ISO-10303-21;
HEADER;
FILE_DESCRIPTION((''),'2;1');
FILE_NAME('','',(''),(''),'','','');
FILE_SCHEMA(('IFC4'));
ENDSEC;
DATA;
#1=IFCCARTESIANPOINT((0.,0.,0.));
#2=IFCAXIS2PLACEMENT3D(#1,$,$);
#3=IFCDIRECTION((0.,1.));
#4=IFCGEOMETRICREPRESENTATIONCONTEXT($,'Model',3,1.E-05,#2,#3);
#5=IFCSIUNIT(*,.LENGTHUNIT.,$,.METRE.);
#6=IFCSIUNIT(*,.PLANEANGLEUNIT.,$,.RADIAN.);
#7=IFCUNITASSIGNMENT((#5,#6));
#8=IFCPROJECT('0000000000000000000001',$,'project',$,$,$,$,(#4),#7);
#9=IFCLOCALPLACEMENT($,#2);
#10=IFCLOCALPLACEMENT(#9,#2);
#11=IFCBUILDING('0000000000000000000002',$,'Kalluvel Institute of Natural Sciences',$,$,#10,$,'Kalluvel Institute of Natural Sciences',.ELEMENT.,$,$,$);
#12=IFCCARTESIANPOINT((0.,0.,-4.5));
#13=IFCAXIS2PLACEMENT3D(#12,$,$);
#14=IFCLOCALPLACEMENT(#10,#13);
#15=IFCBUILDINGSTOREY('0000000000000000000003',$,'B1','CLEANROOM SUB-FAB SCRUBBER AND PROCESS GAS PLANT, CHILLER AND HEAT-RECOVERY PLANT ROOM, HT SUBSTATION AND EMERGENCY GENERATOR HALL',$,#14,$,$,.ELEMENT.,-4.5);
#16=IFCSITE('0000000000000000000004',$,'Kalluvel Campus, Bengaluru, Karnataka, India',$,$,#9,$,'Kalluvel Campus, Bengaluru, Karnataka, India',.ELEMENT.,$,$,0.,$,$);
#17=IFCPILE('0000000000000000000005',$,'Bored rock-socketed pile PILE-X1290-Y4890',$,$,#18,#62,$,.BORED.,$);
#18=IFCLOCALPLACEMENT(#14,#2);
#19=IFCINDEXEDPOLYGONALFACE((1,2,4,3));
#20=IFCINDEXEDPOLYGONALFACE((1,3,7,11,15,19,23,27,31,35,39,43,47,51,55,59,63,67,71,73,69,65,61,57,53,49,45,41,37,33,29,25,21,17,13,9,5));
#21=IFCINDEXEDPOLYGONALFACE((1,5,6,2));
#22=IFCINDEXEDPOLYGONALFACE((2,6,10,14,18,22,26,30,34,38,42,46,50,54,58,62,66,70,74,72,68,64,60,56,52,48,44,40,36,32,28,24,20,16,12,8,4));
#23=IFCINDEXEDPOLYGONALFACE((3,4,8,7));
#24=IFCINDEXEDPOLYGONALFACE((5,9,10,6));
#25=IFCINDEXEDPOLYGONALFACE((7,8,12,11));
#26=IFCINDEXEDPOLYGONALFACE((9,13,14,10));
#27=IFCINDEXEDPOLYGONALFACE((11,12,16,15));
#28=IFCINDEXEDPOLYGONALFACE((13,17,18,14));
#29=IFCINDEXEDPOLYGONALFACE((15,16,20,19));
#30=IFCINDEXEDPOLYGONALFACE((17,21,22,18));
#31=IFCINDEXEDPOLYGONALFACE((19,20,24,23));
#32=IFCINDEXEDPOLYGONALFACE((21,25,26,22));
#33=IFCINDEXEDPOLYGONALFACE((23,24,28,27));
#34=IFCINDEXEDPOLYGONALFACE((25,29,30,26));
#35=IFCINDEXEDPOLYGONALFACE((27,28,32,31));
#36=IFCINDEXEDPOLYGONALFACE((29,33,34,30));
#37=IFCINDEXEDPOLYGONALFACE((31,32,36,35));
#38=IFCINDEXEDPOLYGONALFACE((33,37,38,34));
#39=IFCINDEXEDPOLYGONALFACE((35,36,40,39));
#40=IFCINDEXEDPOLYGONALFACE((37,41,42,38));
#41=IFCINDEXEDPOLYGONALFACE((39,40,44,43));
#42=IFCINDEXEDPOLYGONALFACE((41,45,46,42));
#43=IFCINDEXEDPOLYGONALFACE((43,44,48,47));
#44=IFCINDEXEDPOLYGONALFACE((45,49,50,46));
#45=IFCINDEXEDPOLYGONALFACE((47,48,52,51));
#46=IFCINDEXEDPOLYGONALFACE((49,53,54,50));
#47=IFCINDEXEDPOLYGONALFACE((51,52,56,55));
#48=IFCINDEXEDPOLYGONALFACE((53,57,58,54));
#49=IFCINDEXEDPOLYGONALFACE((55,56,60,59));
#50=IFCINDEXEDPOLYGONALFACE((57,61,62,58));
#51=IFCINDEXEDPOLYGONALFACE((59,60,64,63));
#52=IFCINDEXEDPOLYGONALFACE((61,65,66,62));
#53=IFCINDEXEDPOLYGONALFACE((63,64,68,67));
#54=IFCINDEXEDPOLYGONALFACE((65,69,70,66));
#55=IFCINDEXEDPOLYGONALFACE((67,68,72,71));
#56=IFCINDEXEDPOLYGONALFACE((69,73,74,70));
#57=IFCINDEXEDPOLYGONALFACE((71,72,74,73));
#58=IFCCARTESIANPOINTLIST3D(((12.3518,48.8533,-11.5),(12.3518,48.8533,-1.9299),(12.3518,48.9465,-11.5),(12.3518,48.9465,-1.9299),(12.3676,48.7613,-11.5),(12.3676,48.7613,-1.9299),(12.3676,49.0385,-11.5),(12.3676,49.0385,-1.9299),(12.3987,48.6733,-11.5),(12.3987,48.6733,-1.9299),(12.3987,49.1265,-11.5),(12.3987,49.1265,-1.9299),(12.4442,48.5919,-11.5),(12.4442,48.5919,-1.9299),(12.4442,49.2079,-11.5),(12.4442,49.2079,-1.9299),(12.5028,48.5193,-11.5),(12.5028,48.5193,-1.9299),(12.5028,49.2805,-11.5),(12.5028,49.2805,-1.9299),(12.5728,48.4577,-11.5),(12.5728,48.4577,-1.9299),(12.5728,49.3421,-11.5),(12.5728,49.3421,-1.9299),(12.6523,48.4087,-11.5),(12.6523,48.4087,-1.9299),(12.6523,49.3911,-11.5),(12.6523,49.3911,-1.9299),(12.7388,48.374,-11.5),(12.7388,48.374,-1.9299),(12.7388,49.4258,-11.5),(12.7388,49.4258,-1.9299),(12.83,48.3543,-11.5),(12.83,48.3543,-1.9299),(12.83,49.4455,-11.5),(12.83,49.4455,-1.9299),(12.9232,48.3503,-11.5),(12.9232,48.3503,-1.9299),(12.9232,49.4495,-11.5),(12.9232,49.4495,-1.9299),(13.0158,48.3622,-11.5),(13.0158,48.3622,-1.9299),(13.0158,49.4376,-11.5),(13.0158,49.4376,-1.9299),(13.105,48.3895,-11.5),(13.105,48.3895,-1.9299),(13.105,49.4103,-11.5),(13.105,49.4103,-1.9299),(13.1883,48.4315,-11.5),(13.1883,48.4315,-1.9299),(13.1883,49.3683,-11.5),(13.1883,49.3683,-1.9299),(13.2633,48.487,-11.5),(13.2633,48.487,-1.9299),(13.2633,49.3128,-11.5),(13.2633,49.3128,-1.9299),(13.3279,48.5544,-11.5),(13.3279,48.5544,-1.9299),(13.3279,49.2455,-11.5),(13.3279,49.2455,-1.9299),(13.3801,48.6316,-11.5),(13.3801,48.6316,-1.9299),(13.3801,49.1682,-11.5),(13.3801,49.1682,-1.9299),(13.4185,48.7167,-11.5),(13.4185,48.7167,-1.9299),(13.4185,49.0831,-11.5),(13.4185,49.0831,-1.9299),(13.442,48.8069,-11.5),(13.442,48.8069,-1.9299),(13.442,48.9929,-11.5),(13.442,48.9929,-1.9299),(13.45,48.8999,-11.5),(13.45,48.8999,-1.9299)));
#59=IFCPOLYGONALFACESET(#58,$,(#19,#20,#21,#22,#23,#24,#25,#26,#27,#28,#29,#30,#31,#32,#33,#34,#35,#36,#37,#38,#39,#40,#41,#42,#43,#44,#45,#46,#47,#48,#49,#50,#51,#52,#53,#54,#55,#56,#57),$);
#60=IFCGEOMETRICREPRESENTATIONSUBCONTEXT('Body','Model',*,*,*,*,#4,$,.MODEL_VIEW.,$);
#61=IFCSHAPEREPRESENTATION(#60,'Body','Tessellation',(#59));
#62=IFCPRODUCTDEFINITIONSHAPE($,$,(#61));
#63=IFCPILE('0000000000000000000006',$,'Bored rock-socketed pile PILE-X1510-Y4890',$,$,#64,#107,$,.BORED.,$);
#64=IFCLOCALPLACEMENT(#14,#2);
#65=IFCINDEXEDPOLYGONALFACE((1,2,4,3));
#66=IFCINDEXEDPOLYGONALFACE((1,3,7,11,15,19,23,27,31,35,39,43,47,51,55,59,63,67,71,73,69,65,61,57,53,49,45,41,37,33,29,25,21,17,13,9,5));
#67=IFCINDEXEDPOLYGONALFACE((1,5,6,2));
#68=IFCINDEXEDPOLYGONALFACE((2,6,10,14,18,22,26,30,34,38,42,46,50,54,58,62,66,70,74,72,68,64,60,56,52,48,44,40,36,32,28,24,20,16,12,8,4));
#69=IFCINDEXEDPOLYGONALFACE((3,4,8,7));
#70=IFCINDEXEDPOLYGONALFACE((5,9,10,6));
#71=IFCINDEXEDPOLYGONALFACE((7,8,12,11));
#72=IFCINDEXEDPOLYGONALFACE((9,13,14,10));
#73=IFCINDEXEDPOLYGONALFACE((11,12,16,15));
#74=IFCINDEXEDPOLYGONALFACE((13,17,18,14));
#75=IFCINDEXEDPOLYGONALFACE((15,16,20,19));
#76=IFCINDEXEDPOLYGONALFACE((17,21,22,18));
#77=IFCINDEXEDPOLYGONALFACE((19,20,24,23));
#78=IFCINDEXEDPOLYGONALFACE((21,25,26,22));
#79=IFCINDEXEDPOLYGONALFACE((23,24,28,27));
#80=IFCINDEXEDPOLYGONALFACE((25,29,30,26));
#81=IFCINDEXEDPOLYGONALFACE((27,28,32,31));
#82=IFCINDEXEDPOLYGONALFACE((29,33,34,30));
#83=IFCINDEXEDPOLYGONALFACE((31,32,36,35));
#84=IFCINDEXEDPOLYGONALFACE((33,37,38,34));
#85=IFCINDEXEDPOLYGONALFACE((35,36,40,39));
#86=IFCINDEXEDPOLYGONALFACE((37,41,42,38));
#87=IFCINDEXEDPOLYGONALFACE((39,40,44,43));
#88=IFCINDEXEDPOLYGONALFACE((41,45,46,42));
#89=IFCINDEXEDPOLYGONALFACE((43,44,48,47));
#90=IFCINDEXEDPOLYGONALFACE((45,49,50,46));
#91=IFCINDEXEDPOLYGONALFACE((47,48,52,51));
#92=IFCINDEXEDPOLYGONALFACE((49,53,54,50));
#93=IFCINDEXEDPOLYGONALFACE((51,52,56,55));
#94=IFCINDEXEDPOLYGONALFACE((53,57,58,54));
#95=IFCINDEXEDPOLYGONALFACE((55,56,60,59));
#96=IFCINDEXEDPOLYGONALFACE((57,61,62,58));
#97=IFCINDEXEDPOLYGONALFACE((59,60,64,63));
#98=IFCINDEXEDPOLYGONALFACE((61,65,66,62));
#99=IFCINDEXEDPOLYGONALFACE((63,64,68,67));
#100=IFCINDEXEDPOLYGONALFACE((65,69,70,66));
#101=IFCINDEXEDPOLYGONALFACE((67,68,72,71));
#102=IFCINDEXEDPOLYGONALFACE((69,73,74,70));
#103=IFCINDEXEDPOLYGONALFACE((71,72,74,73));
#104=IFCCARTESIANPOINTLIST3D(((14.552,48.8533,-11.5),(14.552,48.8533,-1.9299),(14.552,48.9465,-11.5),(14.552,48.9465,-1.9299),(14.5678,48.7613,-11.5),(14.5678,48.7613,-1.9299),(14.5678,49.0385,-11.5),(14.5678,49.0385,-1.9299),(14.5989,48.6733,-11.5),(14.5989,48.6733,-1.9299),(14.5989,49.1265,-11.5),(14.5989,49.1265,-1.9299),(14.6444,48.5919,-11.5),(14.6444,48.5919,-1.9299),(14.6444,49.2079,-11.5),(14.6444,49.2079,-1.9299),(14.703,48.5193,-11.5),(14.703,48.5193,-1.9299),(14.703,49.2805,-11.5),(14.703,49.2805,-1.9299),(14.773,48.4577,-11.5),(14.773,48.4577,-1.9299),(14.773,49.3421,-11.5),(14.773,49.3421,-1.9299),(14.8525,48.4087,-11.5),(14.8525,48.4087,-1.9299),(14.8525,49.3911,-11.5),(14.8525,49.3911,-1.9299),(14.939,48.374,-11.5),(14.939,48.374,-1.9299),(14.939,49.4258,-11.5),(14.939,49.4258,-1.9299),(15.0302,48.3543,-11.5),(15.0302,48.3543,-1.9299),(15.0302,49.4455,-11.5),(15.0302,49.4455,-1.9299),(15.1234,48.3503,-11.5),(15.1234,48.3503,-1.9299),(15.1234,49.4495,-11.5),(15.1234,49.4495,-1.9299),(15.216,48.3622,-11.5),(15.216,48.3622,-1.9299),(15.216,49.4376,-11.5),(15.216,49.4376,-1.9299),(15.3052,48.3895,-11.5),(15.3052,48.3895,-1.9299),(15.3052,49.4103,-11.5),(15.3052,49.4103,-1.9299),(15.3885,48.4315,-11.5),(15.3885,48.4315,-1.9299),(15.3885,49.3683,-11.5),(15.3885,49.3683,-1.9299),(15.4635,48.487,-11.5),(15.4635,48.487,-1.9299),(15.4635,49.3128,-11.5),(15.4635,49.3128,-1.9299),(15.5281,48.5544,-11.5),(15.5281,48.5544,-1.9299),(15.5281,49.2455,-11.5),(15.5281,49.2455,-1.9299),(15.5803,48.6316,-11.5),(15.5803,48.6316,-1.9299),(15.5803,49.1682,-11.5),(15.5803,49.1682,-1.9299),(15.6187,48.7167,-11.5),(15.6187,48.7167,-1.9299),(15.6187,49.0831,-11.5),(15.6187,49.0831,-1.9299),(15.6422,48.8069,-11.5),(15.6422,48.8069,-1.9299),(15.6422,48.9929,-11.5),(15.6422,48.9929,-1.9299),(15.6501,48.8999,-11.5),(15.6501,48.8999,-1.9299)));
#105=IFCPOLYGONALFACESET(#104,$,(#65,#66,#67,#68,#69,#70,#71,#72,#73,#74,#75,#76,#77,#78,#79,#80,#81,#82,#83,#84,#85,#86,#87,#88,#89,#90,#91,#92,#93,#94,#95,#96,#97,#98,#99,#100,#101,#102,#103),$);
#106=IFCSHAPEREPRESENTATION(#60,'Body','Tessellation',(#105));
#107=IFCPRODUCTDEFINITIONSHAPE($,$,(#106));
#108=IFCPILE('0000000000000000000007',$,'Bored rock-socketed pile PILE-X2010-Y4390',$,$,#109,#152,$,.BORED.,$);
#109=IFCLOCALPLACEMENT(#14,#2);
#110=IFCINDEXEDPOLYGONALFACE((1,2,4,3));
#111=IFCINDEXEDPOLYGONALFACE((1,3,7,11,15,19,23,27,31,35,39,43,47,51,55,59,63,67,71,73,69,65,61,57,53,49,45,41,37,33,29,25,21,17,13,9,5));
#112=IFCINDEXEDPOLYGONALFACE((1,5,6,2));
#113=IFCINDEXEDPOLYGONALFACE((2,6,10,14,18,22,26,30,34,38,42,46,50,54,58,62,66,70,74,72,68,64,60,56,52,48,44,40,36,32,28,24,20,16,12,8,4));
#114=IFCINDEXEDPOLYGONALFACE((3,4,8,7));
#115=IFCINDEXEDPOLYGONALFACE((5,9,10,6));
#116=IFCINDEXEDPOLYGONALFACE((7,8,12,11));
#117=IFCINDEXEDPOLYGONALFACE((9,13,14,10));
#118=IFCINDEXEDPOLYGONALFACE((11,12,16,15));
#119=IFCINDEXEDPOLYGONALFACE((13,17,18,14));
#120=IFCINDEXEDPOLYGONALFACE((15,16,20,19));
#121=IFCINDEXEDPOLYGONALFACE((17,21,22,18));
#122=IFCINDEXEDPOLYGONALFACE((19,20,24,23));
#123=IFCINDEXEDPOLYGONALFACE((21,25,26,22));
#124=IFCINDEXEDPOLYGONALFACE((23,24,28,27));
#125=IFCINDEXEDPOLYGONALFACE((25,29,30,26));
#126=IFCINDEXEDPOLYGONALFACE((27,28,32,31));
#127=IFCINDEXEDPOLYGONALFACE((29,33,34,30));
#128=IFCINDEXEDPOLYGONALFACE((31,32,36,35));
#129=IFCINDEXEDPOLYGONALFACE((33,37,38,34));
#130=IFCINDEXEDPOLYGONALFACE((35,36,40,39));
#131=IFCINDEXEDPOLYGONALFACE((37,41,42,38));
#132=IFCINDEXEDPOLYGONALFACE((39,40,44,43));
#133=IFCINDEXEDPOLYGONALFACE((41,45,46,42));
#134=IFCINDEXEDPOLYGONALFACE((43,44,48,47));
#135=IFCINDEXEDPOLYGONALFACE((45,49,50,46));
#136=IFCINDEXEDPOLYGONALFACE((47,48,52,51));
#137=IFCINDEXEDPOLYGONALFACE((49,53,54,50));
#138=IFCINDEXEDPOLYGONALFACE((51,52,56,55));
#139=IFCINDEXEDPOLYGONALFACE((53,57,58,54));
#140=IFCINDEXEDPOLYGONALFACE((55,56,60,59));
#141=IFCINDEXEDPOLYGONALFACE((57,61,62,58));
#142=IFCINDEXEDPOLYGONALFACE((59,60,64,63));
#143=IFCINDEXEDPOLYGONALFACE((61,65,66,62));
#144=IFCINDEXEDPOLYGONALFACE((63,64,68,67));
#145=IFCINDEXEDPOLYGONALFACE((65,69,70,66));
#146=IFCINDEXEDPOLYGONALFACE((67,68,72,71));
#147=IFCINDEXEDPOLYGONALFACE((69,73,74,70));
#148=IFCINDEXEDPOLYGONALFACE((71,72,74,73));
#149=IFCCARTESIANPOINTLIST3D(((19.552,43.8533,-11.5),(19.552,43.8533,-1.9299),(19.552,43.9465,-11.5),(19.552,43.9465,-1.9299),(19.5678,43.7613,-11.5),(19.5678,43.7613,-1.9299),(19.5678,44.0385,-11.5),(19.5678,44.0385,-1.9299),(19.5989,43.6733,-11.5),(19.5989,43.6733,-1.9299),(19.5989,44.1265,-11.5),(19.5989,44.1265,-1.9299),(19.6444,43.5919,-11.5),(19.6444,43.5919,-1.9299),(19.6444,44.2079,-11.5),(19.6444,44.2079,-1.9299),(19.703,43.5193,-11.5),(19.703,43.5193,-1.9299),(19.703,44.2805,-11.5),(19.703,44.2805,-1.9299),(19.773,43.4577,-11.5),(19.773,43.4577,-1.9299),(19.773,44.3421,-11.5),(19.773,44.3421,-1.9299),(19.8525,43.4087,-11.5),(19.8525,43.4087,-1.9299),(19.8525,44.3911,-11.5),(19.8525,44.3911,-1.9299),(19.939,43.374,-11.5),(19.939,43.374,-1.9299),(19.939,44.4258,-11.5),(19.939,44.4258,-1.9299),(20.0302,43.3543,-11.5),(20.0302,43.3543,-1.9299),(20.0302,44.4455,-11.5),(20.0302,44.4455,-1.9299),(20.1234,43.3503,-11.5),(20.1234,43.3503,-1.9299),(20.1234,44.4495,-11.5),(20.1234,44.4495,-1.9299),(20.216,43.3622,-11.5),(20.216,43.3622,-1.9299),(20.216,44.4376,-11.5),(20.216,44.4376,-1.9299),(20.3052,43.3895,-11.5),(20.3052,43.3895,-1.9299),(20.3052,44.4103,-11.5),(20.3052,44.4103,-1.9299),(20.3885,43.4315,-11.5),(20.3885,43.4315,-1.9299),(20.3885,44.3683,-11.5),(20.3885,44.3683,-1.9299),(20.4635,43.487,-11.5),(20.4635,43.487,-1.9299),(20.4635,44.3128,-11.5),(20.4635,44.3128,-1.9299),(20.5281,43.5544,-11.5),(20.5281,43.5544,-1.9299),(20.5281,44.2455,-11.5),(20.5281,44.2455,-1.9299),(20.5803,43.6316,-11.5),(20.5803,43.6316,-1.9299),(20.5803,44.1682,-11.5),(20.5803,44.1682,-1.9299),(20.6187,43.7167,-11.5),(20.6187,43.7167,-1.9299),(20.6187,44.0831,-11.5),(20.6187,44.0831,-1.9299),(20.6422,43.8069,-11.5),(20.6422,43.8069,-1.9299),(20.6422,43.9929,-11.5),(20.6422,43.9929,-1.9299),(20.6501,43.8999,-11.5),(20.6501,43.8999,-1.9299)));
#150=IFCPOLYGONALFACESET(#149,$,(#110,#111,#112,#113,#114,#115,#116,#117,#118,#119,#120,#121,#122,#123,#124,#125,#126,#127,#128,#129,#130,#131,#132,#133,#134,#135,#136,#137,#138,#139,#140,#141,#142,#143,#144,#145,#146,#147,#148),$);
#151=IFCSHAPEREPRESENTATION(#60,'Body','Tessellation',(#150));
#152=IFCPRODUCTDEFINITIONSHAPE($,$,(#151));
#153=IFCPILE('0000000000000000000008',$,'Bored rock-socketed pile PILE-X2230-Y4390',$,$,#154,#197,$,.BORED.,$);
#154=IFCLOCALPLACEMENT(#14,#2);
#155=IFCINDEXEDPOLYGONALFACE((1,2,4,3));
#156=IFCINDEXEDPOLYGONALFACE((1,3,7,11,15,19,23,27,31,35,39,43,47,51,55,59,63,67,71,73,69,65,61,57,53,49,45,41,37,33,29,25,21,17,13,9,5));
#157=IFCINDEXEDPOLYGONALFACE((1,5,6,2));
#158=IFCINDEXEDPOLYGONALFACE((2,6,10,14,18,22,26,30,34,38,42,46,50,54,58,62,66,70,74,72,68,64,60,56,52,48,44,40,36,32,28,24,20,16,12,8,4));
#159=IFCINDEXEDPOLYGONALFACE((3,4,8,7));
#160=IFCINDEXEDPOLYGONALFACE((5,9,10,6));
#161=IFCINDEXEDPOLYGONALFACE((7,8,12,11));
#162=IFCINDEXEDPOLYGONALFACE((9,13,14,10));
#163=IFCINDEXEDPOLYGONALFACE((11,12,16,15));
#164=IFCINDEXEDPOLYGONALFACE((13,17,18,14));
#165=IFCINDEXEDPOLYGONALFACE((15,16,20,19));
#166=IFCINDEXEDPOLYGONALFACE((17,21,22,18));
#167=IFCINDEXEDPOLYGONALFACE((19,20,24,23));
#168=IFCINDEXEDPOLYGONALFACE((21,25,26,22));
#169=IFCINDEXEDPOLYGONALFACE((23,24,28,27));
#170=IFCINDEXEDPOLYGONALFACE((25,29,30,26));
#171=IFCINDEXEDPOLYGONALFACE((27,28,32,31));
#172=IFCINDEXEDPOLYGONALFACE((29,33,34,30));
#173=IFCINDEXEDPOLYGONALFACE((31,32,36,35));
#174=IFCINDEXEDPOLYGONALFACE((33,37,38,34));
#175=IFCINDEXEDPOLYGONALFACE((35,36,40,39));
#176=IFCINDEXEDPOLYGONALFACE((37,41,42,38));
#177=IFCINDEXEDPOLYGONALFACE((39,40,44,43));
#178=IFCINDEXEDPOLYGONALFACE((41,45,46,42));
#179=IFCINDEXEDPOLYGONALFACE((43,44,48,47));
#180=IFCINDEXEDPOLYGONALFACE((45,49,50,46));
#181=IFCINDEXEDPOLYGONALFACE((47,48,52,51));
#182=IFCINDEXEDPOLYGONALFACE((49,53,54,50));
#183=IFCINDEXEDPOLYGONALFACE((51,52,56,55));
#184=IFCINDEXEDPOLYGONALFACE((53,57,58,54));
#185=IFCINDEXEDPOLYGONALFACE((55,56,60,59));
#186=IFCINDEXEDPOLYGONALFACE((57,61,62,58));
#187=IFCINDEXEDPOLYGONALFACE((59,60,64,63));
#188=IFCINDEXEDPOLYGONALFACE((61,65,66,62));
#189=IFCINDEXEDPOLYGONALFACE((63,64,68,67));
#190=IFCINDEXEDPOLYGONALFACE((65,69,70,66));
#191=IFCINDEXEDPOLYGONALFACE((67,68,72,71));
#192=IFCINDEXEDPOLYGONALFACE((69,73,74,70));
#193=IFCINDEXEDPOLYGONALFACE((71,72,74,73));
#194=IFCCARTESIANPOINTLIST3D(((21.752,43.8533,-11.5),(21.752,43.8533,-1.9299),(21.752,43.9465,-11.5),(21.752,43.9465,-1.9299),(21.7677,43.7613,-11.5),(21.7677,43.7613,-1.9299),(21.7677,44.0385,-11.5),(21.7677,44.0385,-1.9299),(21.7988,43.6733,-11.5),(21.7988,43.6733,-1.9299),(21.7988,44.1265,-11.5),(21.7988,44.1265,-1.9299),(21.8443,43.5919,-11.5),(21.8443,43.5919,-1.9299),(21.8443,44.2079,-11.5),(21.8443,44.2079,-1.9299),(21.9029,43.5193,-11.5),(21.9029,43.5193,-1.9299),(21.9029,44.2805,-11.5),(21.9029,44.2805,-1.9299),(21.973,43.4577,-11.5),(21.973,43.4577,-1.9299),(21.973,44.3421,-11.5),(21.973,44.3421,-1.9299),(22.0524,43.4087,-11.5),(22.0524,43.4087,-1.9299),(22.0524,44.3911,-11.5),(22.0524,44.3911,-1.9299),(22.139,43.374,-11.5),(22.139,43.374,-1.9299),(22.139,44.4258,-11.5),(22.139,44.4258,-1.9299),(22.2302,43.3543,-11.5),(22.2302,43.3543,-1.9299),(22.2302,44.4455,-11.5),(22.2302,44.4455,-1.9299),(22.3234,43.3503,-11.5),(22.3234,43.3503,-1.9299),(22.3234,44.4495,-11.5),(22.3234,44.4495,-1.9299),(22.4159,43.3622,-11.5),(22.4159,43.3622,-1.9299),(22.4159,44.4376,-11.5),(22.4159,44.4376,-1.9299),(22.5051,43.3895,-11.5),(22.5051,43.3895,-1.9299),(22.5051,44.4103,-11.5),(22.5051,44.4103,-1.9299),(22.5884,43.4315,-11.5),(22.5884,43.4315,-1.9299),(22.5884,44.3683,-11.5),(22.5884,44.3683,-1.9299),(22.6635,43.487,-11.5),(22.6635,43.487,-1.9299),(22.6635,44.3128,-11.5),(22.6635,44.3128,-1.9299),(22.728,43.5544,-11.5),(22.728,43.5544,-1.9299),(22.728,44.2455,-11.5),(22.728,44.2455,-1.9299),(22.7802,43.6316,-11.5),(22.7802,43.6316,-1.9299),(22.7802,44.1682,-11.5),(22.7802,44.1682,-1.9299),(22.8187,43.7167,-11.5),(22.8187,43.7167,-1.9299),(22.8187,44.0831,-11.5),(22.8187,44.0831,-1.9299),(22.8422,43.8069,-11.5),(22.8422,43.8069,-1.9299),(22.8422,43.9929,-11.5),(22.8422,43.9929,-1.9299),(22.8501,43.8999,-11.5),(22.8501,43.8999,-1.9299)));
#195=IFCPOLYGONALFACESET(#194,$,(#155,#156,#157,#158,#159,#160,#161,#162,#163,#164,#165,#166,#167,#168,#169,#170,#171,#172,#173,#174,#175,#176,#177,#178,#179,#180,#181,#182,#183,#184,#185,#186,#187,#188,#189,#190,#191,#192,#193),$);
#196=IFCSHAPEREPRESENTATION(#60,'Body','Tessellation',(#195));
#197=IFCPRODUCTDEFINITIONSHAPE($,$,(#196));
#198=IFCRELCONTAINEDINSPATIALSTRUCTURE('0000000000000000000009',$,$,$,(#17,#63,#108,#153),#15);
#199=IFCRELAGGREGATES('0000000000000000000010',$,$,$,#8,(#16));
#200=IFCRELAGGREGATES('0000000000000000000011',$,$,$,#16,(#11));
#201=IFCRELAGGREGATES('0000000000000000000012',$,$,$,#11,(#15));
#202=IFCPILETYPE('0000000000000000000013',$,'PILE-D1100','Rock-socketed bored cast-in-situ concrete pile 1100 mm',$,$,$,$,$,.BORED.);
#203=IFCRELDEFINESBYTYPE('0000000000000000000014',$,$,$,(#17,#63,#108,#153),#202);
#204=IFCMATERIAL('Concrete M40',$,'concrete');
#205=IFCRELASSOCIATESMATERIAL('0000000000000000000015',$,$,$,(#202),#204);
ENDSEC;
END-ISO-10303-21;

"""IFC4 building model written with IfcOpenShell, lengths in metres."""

from ifc_helpers import new_model, si_unit, direction, frame, origin, origin_2d, place, context, subcontext, project, spatial, circle, extrude, material, material_profile, profile_set, type_object, element, save


model = new_model("IFC4")

# Units and contexts
model_context = context("Model", 3, precision=1e-05, world=origin(), true_north=direction((0.0, 1.0)))
body_context = subcontext(model_context, "Body", "Model", "MODEL_VIEW")
ifc_project = project(units=[si_unit("LENGTHUNIT", "METRE"), si_unit("PLANEANGLEUNIT", "RADIAN")], contexts=[model_context])

# Site, building, storey
site_placement = place(None, origin())
site = spatial("IfcSite", under=ifc_project, at=site_placement, Name="Kalluvel Campus, Bengaluru, Karnataka, India", LongName="Kalluvel Campus, Bengaluru, Karnataka, India", CompositionType="ELEMENT", RefElevation=0.0)
building_placement = place(site_placement, origin())
building = spatial("IfcBuilding", under=site, at=building_placement, Name="Kalluvel Institute of Natural Sciences", LongName="Kalluvel Institute of Natural Sciences", CompositionType="ELEMENT")
storey_placement = place(building_placement, frame((0.0, 0.0, -4.5)))
storey = spatial("IfcBuildingStorey", under=building, at=storey_placement, Name="B1", Description="CLEANROOM SUB-FAB SCRUBBER AND PROCESS GAS PLANT, CHILLER AND HEAT-RECOVERY PLANT ROOM, HT SUBSTATION AND EMERGENCY GENERATOR HALL", CompositionType="ELEMENT", Elevation=-4.5)

# Shared definitions
ifc_material_1 = material(Name="Concrete M40", Category="concrete")

# Piles
ifc_material_profile_1 = material_profile(ifc_material_1, circle(Radius=0.55, at=origin_2d()), Name="PILE D1100")
ifc_profile_set_1 = profile_set([ifc_material_profile_1], Name="Concrete M40")
pile_type_1 = type_object("IfcPileType", Name="PILE-D1100", Description="Rock-socketed bored cast-in-situ concrete pile 1100 mm", PredefinedType="BORED", material=ifc_profile_set_1)
for number, where, z_axis, x_axis, name in (
    (1, (12.8999, 48.8999, -1.9299), (0.0, 0.0, -1.0), (1.0, 0.0, 0.0), "Bored rock-socketed pile PILE-X1290-Y4890"),
    (2, (15.1001, 48.8999, -1.9299), (0.0, 0.0, -1.0), (1.0, 0.0, 0.0), "Bored rock-socketed pile PILE-X1510-Y4890"),
    (3, (20.1001, 43.8999, -1.9299), (0.0, 0.0, -1.0), (1.0, 0.0, 0.0), "Bored rock-socketed pile PILE-X2010-Y4390"),
    (4, (22.3, 43.8999, -1.9299), (0.0, 0.0, -1.0), (1.0, 0.0, 0.0), "Bored rock-socketed pile PILE-X2230-Y4390"),
):
    element("IfcPile", number, at=place(storey_placement, frame(where, z_axis=z_axis, x_axis=x_axis)), inside=storey, type_object=pile_type_1, Name=name, PredefinedType="BORED", context=body_context, shape_type="SweptSolid", body=[
        extrude(circle(Radius=0.55, at=origin_2d()), origin(), (0.0, 0.0, 1.0), 9.5701),
    ])

save(model, "model.ifc")
